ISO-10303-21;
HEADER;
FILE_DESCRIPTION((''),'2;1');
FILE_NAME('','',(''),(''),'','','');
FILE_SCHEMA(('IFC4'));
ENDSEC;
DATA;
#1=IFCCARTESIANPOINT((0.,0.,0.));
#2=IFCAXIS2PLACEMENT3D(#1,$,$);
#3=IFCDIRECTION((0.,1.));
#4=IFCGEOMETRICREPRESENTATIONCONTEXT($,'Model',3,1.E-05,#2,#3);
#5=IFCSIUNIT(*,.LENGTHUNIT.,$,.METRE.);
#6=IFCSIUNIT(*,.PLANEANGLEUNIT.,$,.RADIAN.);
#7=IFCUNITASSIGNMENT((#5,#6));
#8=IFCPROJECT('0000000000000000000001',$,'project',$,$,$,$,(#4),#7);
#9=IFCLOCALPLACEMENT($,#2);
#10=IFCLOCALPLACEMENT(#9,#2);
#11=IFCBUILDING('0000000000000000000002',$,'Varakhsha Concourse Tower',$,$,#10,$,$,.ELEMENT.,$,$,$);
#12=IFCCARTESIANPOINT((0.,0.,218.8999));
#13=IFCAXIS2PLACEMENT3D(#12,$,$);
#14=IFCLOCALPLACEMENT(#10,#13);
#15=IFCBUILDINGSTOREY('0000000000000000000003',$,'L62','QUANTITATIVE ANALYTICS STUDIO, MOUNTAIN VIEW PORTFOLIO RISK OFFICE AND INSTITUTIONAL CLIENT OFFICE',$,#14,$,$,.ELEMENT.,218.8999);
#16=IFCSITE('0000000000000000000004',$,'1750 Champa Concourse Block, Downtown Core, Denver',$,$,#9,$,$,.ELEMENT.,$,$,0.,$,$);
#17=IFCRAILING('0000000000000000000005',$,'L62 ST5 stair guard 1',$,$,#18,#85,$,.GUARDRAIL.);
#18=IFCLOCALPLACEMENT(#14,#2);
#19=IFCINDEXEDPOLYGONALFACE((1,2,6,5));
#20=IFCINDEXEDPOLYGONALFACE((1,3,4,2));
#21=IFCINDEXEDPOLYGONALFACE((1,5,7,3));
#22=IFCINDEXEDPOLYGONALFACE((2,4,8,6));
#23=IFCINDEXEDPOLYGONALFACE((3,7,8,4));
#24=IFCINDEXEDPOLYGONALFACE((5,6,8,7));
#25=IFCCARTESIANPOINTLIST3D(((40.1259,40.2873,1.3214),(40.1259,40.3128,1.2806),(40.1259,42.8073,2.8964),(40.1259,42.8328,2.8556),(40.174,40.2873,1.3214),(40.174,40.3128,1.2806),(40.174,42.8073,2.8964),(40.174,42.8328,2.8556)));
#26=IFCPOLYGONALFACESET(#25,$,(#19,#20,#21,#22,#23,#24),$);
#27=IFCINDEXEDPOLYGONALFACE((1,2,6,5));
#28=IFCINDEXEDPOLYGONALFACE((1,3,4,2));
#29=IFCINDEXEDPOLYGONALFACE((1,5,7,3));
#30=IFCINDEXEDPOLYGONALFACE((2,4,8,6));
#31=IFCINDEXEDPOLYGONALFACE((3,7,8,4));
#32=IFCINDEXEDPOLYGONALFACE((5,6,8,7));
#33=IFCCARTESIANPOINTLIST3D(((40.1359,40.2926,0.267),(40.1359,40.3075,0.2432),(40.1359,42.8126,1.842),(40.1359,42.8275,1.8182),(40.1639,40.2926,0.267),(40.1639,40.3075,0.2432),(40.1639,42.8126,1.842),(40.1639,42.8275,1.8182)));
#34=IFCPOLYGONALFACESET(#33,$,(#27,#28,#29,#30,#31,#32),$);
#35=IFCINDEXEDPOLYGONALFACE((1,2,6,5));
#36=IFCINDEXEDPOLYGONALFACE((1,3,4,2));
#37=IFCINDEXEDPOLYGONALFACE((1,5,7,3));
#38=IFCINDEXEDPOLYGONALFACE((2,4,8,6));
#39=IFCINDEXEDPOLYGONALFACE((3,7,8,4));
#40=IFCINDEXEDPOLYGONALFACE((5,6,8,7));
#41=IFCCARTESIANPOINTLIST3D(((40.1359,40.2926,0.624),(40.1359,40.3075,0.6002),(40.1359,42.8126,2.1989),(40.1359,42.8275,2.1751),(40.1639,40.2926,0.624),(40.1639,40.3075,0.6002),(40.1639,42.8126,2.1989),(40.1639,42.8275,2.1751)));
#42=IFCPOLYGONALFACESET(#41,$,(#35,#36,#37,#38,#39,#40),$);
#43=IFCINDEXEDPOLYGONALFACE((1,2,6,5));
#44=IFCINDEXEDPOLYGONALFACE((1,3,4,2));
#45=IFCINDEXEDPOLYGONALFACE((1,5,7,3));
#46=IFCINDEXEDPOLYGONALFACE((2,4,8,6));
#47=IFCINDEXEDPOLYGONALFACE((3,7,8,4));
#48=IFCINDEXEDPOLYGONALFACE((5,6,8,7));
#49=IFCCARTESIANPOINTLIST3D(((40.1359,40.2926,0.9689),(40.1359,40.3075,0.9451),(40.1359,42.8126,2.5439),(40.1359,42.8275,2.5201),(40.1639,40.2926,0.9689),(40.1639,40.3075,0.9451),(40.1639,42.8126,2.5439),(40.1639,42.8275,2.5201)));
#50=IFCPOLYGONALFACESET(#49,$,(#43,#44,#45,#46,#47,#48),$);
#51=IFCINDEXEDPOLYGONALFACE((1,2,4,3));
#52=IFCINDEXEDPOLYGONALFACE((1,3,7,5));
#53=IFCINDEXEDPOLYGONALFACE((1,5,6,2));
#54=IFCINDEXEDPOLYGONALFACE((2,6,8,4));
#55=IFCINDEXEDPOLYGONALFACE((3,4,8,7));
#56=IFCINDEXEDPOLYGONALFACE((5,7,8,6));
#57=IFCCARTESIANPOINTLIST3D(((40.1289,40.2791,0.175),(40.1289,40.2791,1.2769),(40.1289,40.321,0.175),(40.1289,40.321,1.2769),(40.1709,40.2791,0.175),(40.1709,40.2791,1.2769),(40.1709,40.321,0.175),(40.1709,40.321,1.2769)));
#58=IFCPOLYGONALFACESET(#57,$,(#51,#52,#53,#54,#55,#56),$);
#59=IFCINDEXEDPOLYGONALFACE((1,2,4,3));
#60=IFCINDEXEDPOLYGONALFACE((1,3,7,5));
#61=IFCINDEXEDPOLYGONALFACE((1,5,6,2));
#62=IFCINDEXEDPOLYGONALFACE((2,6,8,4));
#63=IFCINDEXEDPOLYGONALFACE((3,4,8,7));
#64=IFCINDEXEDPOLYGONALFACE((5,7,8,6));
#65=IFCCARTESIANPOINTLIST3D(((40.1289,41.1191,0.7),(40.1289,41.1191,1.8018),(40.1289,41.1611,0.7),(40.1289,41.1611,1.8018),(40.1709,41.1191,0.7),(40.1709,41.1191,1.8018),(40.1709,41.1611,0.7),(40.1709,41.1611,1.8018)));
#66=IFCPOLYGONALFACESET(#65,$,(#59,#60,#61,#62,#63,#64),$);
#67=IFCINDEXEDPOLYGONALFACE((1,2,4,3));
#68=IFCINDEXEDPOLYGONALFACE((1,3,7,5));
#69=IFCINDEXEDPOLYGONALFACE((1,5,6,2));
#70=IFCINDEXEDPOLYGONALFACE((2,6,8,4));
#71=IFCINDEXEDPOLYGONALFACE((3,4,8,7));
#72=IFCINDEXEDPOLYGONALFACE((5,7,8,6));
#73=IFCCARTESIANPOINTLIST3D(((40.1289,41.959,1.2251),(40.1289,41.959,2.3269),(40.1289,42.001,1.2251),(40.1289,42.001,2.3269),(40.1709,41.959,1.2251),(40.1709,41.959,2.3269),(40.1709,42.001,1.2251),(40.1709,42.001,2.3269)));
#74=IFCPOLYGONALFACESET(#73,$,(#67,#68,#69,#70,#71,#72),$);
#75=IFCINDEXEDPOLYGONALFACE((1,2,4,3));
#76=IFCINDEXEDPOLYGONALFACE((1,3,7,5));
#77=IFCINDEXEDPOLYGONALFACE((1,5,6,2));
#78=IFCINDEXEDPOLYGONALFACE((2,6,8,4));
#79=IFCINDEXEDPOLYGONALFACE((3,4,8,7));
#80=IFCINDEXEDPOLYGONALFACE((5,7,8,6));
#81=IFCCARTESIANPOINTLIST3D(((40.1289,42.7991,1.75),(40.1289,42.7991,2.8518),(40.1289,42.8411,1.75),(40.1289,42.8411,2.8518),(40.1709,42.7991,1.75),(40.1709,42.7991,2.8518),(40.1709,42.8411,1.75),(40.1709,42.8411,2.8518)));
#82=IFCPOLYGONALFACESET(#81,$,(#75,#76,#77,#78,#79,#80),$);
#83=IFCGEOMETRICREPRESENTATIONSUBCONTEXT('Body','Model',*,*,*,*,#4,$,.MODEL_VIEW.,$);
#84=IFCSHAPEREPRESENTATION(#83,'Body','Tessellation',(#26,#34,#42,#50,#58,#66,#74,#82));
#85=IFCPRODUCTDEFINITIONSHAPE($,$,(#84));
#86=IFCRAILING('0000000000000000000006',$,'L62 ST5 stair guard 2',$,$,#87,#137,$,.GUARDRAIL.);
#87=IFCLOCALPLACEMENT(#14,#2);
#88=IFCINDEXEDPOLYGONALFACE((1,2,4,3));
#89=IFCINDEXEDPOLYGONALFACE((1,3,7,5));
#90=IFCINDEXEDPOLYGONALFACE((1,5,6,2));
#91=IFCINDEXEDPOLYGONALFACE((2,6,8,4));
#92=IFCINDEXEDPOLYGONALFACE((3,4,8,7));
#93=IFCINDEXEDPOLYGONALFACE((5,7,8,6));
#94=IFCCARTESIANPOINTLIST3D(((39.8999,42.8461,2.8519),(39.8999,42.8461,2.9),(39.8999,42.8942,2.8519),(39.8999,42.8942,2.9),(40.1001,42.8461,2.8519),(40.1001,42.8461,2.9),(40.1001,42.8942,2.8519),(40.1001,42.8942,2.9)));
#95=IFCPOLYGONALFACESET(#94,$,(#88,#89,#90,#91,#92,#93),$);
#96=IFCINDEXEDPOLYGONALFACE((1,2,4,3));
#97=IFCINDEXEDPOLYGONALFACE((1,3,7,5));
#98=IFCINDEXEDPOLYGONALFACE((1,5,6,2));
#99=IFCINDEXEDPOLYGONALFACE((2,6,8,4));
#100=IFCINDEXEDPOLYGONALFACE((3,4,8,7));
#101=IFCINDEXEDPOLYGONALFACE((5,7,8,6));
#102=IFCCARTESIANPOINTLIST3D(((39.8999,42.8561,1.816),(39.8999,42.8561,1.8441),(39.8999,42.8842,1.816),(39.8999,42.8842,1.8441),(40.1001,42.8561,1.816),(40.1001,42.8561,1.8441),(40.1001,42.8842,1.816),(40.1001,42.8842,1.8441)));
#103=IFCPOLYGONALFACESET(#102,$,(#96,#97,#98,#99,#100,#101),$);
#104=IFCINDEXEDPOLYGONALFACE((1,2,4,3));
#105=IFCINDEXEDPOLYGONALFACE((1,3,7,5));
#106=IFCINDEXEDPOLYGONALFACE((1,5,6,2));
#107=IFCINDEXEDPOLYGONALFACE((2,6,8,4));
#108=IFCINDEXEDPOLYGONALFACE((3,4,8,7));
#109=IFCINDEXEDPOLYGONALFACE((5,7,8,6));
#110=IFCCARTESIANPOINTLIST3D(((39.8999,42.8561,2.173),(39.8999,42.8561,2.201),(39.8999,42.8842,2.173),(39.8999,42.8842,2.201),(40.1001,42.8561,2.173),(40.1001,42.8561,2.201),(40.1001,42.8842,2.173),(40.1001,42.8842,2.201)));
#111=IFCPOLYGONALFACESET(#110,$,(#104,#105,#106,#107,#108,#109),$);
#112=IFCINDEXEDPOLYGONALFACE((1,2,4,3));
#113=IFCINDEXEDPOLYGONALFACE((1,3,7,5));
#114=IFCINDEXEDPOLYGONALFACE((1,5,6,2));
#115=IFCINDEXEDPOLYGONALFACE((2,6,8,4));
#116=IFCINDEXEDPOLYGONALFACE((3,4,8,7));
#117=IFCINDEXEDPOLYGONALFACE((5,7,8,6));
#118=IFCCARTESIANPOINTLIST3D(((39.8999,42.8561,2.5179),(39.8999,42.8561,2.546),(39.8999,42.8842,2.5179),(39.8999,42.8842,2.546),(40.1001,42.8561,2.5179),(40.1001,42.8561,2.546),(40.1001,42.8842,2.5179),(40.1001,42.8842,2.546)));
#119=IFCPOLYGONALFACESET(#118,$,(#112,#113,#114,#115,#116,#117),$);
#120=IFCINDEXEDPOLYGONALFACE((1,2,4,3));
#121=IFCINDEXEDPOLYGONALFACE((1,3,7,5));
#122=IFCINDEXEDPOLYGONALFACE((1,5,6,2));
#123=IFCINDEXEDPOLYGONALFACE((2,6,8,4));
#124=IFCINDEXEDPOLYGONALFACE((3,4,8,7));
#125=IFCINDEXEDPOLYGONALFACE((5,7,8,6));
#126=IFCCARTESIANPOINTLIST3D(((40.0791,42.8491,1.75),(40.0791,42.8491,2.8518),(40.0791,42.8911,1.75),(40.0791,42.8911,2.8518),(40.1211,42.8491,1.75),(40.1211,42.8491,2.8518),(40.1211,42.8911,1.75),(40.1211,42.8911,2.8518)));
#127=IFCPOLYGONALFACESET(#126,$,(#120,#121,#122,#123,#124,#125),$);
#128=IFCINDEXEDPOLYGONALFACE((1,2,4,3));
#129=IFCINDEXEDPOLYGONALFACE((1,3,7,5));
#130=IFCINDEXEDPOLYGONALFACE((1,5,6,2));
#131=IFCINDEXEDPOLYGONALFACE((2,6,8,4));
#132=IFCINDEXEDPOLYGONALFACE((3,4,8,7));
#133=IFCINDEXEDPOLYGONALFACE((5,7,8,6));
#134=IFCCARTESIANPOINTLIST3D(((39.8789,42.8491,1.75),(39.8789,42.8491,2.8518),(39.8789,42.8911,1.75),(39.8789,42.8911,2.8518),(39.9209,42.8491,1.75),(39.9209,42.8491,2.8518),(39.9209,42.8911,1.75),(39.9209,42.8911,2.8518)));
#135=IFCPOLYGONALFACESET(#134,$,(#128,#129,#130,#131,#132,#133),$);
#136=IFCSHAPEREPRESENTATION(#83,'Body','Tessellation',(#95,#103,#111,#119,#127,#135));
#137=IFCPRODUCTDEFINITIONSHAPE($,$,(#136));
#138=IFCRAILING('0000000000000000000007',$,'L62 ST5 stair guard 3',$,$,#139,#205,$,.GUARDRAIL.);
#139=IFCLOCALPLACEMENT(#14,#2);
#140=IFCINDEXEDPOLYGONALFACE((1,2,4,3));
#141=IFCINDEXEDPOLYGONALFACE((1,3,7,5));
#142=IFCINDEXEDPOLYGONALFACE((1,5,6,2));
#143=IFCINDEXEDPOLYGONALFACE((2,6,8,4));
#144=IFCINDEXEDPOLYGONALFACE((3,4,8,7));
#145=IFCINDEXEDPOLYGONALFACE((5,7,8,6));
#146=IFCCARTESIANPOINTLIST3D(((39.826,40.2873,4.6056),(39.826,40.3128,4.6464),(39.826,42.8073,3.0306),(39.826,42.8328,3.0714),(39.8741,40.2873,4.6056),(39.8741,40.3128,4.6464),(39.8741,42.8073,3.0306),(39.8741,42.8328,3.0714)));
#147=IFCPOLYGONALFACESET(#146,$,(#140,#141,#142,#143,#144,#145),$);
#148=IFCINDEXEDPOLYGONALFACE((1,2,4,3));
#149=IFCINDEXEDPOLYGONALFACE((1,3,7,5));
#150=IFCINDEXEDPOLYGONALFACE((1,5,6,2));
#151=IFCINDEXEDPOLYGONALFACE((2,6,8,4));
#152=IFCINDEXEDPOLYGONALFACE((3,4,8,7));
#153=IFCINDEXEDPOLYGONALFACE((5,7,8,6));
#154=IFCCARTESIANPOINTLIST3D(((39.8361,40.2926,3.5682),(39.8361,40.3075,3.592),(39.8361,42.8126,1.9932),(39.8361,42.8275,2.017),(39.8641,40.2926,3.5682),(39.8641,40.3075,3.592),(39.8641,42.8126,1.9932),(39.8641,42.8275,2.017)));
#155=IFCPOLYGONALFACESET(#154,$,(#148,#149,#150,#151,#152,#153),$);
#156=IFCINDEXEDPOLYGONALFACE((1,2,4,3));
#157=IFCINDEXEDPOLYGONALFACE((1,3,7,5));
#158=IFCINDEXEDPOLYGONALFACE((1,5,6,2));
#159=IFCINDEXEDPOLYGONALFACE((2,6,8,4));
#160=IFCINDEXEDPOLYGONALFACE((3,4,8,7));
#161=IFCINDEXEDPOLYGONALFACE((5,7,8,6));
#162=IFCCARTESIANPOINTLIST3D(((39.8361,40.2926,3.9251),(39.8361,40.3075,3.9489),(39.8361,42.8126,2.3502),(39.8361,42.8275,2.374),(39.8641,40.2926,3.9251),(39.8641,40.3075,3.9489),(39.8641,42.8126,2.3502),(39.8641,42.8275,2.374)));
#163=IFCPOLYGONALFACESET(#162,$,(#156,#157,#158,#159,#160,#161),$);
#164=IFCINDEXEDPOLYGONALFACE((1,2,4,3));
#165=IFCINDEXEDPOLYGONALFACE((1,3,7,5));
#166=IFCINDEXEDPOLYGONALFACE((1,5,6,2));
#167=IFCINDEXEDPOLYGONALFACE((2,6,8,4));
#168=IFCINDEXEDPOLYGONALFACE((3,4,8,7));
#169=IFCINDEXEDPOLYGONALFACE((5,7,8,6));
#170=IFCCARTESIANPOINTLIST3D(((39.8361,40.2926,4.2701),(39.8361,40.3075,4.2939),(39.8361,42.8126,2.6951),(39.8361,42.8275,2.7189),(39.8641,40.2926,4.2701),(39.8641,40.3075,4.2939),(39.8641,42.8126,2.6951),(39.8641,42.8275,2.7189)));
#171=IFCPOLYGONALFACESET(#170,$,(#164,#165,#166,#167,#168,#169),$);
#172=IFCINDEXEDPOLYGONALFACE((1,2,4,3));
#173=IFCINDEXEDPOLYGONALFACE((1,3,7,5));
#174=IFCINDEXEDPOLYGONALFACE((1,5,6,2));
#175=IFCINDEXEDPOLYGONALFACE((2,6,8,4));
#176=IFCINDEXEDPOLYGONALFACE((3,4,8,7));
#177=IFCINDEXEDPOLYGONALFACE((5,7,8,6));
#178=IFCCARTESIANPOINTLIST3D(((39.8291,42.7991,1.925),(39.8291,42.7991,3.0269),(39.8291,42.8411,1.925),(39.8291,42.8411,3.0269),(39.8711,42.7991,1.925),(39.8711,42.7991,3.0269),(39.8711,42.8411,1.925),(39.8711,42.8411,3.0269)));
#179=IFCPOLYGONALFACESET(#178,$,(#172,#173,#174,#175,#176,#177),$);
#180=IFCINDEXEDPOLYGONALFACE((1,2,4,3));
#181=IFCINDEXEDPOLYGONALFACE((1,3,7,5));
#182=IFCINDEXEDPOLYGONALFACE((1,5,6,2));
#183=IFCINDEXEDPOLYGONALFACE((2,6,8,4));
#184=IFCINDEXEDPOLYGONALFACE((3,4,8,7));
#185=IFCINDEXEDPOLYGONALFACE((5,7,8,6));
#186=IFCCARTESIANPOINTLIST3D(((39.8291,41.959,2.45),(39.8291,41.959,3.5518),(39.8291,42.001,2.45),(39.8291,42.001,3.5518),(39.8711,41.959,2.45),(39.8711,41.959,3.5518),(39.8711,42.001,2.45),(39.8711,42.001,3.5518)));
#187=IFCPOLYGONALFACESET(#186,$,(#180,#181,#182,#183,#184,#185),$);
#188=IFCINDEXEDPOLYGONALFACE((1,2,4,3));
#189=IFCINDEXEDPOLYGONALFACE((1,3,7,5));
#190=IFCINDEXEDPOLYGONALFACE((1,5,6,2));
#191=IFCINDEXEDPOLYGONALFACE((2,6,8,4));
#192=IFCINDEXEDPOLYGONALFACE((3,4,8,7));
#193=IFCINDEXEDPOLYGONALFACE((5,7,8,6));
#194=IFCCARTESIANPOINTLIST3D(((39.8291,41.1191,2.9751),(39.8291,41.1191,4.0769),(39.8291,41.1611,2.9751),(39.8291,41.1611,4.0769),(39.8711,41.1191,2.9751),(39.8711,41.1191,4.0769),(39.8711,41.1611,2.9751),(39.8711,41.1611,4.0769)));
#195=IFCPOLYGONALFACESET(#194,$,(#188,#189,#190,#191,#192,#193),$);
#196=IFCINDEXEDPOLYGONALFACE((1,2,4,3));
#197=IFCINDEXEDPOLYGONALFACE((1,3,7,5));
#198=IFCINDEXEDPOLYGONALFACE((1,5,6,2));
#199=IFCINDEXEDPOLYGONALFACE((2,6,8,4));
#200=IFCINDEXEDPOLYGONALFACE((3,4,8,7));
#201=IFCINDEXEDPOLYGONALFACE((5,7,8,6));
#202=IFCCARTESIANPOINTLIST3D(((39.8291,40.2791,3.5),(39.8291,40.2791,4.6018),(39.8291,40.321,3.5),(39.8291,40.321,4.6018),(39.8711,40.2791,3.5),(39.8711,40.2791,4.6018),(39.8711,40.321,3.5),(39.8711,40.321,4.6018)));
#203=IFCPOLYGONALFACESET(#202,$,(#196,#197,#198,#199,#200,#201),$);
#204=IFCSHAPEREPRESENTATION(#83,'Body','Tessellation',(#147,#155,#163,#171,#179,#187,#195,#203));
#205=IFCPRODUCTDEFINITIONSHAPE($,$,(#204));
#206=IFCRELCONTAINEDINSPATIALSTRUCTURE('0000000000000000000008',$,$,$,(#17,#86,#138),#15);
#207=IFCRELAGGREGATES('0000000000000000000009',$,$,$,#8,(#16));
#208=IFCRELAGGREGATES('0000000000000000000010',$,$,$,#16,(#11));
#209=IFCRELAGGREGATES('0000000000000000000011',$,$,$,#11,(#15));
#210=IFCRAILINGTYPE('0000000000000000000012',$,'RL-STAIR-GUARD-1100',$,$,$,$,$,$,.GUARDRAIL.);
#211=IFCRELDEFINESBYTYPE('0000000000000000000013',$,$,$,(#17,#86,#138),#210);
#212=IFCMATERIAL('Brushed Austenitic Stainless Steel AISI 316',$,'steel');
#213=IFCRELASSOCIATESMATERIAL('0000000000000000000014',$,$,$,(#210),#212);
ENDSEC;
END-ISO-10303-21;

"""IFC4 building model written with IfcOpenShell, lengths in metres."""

from ifc_helpers import new_model, si_unit, direction, frame, origin, origin_2d, place, context, subcontext, project, spatial, rectangle, extrude, material, type_object, element, save


model = new_model("IFC4")

# Units and contexts
model_context = context("Model", 3, precision=1e-05, world=origin(), true_north=direction((0.0, 1.0)))
body_context = subcontext(model_context, "Body", "Model", "MODEL_VIEW")
ifc_project = project(units=[si_unit("LENGTHUNIT", "METRE"), si_unit("PLANEANGLEUNIT", "RADIAN")], contexts=[model_context])

# Site, building, storey
site_placement = place(None, origin())
site = spatial("IfcSite", under=ifc_project, at=site_placement, Name="1750 Champa Concourse Block, Downtown Core, Denver", CompositionType="ELEMENT", RefElevation=0.0)
building_placement = place(site_placement, origin())
building = spatial("IfcBuilding", under=site, at=building_placement, Name="Varakhsha Concourse Tower", CompositionType="ELEMENT")
storey_placement = place(building_placement, frame((0.0, 0.0, 218.8999)))
storey = spatial("IfcBuildingStorey", under=building, at=storey_placement, Name="L62", Description="QUANTITATIVE ANALYTICS STUDIO, MOUNTAIN VIEW PORTFOLIO RISK OFFICE AND INSTITUTIONAL CLIENT OFFICE", CompositionType="ELEMENT", Elevation=218.8999)

# Railings
ifc_material_1 = material(Name="Brushed Austenitic Stainless Steel AISI 316", Category="steel")
railing_type_1 = type_object("IfcRailingType", Name="RL-STAIR-GUARD-1100", PredefinedType="GUARDRAIL", material=ifc_material_1)
railing_1_placement = place(storey_placement, frame((40.1499, 40.3, 0.175)))
element("IfcRailing", 1, at=railing_1_placement, inside=storey, type_object=railing_type_1, Name="L62 ST5 stair guard 1", PredefinedType="GUARDRAIL", context=body_context, shape_type="SweptSolid", body=[
    extrude(rectangle(XDim=0.0481, YDim=0.0481, at=origin_2d()), frame((0.0, 0.0, 1.126), z_axis=(0.0, 0.848008, 0.529984), x_axis=(-1.0, 0.0, 0.0)), (0.0, 0.0, 1.0), 2.9717),
    extrude(rectangle(XDim=0.0281, YDim=0.0281, at=origin_2d()), frame((0.0, 0.0, 0.0801), z_axis=(0.0, 0.848008, 0.529984), x_axis=(-1.0, 0.0, 0.0)), (0.0, 0.0, 1.0), 2.9717),
    extrude(rectangle(XDim=0.0281, YDim=0.0281, at=origin_2d()), frame((0.0, 0.0, 0.437), z_axis=(0.0, 0.848008, 0.529984), x_axis=(-1.0, 0.0, 0.0)), (0.0, 0.0, 1.0), 2.9717),
    extrude(rectangle(XDim=0.0281, YDim=0.0281, at=origin_2d()), frame((0.0, 0.0, 0.782), z_axis=(0.0, 0.848008, 0.529984), x_axis=(-1.0, 0.0, 0.0)), (0.0, 0.0, 1.0), 2.9717),
    extrude(rectangle(XDim=0.042, YDim=0.042, at=origin_2d()), origin(), (0.0, 0.0, 1.0), 1.1018),
    extrude(rectangle(XDim=0.042, YDim=0.042, at=origin_2d()), frame((0.0, 0.8401, 0.5249)), (0.0, 0.0, 1.0), 1.1018),
    extrude(rectangle(XDim=0.042, YDim=0.042, at=origin_2d()), frame((0.0, 1.6799, 1.05)), (0.0, 0.0, 1.0), 1.1018),
    extrude(rectangle(XDim=0.042, YDim=0.042, at=origin_2d()), frame((0.0, 2.52, 1.575)), (0.0, 0.0, 1.0), 1.1018),
])
railing_2_placement = place(storey_placement, frame((40.1001, 42.8701, 1.75)))
element("IfcRailing", 2, at=railing_2_placement, inside=storey, type_object=railing_type_1, Name="L62 ST5 stair guard 2", PredefinedType="GUARDRAIL", context=body_context, shape_type="SweptSolid", body=[
    extrude(rectangle(XDim=0.0481, YDim=0.0481, at=origin_2d()), frame((0.0, 0.0, 1.126), z_axis=(-1.0, 0.0, 0.0), x_axis=(0.0, -1.0, 0.0)), (0.0, 0.0, 1.0), 0.2002),
    extrude(rectangle(XDim=0.0281, YDim=0.0281, at=origin_2d()), frame((0.0, 0.0, 0.0801), z_axis=(-1.0, 0.0, 0.0), x_axis=(0.0, -1.0, 0.0)), (0.0, 0.0, 1.0), 0.2002),
    extrude(rectangle(XDim=0.0281, YDim=0.0281, at=origin_2d()), frame((0.0, 0.0, 0.437), z_axis=(-1.0, 0.0, 0.0), x_axis=(0.0, -1.0, 0.0)), (0.0, 0.0, 1.0), 0.2002),
    extrude(rectangle(XDim=0.0281, YDim=0.0281, at=origin_2d()), frame((0.0, 0.0, 0.782), z_axis=(-1.0, 0.0, 0.0), x_axis=(0.0, -1.0, 0.0)), (0.0, 0.0, 1.0), 0.2002),
    extrude(rectangle(XDim=0.042, YDim=0.042, at=origin_2d()), origin(), (0.0, 0.0, 1.0), 1.1018),
    extrude(rectangle(XDim=0.042, YDim=0.042, at=origin_2d()), frame((-0.2002, 0.0, 0.0)), (0.0, 0.0, 1.0), 1.1018),
])
railing_3_placement = place(storey_placement, frame((39.8501, 42.8201, 1.925)))
element("IfcRailing", 3, at=railing_3_placement, inside=storey, type_object=railing_type_1, Name="L62 ST5 stair guard 3", PredefinedType="GUARDRAIL", context=body_context, shape_type="SweptSolid", body=[
    extrude(rectangle(XDim=0.0481, YDim=0.0481, at=origin_2d()), frame((0.0, 0.0, 1.126), z_axis=(0.0, -0.848008, 0.529984), x_axis=(1.0, 0.0, 0.0)), (0.0, 0.0, 1.0), 2.9717),
    extrude(rectangle(XDim=0.0281, YDim=0.0281, at=origin_2d()), frame((0.0, 0.0, 0.0801), z_axis=(0.0, -0.848008, 0.529984), x_axis=(1.0, 0.0, 0.0)), (0.0, 0.0, 1.0), 2.9717),
    extrude(rectangle(XDim=0.0281, YDim=0.0281, at=origin_2d()), frame((0.0, 0.0, 0.437), z_axis=(0.0, -0.848008, 0.529984), x_axis=(1.0, 0.0, 0.0)), (0.0, 0.0, 1.0), 2.9717),
    extrude(rectangle(XDim=0.0281, YDim=0.0281, at=origin_2d()), frame((0.0, 0.0, 0.782), z_axis=(0.0, -0.848008, 0.529984), x_axis=(1.0, 0.0, 0.0)), (0.0, 0.0, 1.0), 2.9717),
    extrude(rectangle(XDim=0.042, YDim=0.042, at=origin_2d()), origin(), (0.0, 0.0, 1.0), 1.1018),
    extrude(rectangle(XDim=0.042, YDim=0.042, at=origin_2d()), frame((0.0, -0.8401, 0.5249)), (0.0, 0.0, 1.0), 1.1018),
    extrude(rectangle(XDim=0.042, YDim=0.042, at=origin_2d()), frame((0.0, -1.6799, 1.05)), (0.0, 0.0, 1.0), 1.1018),
    extrude(rectangle(XDim=0.042, YDim=0.042, at=origin_2d()), frame((0.0, -2.52, 1.575)), (0.0, 0.0, 1.0), 1.1018),
])

save(model, "model.ifc")
